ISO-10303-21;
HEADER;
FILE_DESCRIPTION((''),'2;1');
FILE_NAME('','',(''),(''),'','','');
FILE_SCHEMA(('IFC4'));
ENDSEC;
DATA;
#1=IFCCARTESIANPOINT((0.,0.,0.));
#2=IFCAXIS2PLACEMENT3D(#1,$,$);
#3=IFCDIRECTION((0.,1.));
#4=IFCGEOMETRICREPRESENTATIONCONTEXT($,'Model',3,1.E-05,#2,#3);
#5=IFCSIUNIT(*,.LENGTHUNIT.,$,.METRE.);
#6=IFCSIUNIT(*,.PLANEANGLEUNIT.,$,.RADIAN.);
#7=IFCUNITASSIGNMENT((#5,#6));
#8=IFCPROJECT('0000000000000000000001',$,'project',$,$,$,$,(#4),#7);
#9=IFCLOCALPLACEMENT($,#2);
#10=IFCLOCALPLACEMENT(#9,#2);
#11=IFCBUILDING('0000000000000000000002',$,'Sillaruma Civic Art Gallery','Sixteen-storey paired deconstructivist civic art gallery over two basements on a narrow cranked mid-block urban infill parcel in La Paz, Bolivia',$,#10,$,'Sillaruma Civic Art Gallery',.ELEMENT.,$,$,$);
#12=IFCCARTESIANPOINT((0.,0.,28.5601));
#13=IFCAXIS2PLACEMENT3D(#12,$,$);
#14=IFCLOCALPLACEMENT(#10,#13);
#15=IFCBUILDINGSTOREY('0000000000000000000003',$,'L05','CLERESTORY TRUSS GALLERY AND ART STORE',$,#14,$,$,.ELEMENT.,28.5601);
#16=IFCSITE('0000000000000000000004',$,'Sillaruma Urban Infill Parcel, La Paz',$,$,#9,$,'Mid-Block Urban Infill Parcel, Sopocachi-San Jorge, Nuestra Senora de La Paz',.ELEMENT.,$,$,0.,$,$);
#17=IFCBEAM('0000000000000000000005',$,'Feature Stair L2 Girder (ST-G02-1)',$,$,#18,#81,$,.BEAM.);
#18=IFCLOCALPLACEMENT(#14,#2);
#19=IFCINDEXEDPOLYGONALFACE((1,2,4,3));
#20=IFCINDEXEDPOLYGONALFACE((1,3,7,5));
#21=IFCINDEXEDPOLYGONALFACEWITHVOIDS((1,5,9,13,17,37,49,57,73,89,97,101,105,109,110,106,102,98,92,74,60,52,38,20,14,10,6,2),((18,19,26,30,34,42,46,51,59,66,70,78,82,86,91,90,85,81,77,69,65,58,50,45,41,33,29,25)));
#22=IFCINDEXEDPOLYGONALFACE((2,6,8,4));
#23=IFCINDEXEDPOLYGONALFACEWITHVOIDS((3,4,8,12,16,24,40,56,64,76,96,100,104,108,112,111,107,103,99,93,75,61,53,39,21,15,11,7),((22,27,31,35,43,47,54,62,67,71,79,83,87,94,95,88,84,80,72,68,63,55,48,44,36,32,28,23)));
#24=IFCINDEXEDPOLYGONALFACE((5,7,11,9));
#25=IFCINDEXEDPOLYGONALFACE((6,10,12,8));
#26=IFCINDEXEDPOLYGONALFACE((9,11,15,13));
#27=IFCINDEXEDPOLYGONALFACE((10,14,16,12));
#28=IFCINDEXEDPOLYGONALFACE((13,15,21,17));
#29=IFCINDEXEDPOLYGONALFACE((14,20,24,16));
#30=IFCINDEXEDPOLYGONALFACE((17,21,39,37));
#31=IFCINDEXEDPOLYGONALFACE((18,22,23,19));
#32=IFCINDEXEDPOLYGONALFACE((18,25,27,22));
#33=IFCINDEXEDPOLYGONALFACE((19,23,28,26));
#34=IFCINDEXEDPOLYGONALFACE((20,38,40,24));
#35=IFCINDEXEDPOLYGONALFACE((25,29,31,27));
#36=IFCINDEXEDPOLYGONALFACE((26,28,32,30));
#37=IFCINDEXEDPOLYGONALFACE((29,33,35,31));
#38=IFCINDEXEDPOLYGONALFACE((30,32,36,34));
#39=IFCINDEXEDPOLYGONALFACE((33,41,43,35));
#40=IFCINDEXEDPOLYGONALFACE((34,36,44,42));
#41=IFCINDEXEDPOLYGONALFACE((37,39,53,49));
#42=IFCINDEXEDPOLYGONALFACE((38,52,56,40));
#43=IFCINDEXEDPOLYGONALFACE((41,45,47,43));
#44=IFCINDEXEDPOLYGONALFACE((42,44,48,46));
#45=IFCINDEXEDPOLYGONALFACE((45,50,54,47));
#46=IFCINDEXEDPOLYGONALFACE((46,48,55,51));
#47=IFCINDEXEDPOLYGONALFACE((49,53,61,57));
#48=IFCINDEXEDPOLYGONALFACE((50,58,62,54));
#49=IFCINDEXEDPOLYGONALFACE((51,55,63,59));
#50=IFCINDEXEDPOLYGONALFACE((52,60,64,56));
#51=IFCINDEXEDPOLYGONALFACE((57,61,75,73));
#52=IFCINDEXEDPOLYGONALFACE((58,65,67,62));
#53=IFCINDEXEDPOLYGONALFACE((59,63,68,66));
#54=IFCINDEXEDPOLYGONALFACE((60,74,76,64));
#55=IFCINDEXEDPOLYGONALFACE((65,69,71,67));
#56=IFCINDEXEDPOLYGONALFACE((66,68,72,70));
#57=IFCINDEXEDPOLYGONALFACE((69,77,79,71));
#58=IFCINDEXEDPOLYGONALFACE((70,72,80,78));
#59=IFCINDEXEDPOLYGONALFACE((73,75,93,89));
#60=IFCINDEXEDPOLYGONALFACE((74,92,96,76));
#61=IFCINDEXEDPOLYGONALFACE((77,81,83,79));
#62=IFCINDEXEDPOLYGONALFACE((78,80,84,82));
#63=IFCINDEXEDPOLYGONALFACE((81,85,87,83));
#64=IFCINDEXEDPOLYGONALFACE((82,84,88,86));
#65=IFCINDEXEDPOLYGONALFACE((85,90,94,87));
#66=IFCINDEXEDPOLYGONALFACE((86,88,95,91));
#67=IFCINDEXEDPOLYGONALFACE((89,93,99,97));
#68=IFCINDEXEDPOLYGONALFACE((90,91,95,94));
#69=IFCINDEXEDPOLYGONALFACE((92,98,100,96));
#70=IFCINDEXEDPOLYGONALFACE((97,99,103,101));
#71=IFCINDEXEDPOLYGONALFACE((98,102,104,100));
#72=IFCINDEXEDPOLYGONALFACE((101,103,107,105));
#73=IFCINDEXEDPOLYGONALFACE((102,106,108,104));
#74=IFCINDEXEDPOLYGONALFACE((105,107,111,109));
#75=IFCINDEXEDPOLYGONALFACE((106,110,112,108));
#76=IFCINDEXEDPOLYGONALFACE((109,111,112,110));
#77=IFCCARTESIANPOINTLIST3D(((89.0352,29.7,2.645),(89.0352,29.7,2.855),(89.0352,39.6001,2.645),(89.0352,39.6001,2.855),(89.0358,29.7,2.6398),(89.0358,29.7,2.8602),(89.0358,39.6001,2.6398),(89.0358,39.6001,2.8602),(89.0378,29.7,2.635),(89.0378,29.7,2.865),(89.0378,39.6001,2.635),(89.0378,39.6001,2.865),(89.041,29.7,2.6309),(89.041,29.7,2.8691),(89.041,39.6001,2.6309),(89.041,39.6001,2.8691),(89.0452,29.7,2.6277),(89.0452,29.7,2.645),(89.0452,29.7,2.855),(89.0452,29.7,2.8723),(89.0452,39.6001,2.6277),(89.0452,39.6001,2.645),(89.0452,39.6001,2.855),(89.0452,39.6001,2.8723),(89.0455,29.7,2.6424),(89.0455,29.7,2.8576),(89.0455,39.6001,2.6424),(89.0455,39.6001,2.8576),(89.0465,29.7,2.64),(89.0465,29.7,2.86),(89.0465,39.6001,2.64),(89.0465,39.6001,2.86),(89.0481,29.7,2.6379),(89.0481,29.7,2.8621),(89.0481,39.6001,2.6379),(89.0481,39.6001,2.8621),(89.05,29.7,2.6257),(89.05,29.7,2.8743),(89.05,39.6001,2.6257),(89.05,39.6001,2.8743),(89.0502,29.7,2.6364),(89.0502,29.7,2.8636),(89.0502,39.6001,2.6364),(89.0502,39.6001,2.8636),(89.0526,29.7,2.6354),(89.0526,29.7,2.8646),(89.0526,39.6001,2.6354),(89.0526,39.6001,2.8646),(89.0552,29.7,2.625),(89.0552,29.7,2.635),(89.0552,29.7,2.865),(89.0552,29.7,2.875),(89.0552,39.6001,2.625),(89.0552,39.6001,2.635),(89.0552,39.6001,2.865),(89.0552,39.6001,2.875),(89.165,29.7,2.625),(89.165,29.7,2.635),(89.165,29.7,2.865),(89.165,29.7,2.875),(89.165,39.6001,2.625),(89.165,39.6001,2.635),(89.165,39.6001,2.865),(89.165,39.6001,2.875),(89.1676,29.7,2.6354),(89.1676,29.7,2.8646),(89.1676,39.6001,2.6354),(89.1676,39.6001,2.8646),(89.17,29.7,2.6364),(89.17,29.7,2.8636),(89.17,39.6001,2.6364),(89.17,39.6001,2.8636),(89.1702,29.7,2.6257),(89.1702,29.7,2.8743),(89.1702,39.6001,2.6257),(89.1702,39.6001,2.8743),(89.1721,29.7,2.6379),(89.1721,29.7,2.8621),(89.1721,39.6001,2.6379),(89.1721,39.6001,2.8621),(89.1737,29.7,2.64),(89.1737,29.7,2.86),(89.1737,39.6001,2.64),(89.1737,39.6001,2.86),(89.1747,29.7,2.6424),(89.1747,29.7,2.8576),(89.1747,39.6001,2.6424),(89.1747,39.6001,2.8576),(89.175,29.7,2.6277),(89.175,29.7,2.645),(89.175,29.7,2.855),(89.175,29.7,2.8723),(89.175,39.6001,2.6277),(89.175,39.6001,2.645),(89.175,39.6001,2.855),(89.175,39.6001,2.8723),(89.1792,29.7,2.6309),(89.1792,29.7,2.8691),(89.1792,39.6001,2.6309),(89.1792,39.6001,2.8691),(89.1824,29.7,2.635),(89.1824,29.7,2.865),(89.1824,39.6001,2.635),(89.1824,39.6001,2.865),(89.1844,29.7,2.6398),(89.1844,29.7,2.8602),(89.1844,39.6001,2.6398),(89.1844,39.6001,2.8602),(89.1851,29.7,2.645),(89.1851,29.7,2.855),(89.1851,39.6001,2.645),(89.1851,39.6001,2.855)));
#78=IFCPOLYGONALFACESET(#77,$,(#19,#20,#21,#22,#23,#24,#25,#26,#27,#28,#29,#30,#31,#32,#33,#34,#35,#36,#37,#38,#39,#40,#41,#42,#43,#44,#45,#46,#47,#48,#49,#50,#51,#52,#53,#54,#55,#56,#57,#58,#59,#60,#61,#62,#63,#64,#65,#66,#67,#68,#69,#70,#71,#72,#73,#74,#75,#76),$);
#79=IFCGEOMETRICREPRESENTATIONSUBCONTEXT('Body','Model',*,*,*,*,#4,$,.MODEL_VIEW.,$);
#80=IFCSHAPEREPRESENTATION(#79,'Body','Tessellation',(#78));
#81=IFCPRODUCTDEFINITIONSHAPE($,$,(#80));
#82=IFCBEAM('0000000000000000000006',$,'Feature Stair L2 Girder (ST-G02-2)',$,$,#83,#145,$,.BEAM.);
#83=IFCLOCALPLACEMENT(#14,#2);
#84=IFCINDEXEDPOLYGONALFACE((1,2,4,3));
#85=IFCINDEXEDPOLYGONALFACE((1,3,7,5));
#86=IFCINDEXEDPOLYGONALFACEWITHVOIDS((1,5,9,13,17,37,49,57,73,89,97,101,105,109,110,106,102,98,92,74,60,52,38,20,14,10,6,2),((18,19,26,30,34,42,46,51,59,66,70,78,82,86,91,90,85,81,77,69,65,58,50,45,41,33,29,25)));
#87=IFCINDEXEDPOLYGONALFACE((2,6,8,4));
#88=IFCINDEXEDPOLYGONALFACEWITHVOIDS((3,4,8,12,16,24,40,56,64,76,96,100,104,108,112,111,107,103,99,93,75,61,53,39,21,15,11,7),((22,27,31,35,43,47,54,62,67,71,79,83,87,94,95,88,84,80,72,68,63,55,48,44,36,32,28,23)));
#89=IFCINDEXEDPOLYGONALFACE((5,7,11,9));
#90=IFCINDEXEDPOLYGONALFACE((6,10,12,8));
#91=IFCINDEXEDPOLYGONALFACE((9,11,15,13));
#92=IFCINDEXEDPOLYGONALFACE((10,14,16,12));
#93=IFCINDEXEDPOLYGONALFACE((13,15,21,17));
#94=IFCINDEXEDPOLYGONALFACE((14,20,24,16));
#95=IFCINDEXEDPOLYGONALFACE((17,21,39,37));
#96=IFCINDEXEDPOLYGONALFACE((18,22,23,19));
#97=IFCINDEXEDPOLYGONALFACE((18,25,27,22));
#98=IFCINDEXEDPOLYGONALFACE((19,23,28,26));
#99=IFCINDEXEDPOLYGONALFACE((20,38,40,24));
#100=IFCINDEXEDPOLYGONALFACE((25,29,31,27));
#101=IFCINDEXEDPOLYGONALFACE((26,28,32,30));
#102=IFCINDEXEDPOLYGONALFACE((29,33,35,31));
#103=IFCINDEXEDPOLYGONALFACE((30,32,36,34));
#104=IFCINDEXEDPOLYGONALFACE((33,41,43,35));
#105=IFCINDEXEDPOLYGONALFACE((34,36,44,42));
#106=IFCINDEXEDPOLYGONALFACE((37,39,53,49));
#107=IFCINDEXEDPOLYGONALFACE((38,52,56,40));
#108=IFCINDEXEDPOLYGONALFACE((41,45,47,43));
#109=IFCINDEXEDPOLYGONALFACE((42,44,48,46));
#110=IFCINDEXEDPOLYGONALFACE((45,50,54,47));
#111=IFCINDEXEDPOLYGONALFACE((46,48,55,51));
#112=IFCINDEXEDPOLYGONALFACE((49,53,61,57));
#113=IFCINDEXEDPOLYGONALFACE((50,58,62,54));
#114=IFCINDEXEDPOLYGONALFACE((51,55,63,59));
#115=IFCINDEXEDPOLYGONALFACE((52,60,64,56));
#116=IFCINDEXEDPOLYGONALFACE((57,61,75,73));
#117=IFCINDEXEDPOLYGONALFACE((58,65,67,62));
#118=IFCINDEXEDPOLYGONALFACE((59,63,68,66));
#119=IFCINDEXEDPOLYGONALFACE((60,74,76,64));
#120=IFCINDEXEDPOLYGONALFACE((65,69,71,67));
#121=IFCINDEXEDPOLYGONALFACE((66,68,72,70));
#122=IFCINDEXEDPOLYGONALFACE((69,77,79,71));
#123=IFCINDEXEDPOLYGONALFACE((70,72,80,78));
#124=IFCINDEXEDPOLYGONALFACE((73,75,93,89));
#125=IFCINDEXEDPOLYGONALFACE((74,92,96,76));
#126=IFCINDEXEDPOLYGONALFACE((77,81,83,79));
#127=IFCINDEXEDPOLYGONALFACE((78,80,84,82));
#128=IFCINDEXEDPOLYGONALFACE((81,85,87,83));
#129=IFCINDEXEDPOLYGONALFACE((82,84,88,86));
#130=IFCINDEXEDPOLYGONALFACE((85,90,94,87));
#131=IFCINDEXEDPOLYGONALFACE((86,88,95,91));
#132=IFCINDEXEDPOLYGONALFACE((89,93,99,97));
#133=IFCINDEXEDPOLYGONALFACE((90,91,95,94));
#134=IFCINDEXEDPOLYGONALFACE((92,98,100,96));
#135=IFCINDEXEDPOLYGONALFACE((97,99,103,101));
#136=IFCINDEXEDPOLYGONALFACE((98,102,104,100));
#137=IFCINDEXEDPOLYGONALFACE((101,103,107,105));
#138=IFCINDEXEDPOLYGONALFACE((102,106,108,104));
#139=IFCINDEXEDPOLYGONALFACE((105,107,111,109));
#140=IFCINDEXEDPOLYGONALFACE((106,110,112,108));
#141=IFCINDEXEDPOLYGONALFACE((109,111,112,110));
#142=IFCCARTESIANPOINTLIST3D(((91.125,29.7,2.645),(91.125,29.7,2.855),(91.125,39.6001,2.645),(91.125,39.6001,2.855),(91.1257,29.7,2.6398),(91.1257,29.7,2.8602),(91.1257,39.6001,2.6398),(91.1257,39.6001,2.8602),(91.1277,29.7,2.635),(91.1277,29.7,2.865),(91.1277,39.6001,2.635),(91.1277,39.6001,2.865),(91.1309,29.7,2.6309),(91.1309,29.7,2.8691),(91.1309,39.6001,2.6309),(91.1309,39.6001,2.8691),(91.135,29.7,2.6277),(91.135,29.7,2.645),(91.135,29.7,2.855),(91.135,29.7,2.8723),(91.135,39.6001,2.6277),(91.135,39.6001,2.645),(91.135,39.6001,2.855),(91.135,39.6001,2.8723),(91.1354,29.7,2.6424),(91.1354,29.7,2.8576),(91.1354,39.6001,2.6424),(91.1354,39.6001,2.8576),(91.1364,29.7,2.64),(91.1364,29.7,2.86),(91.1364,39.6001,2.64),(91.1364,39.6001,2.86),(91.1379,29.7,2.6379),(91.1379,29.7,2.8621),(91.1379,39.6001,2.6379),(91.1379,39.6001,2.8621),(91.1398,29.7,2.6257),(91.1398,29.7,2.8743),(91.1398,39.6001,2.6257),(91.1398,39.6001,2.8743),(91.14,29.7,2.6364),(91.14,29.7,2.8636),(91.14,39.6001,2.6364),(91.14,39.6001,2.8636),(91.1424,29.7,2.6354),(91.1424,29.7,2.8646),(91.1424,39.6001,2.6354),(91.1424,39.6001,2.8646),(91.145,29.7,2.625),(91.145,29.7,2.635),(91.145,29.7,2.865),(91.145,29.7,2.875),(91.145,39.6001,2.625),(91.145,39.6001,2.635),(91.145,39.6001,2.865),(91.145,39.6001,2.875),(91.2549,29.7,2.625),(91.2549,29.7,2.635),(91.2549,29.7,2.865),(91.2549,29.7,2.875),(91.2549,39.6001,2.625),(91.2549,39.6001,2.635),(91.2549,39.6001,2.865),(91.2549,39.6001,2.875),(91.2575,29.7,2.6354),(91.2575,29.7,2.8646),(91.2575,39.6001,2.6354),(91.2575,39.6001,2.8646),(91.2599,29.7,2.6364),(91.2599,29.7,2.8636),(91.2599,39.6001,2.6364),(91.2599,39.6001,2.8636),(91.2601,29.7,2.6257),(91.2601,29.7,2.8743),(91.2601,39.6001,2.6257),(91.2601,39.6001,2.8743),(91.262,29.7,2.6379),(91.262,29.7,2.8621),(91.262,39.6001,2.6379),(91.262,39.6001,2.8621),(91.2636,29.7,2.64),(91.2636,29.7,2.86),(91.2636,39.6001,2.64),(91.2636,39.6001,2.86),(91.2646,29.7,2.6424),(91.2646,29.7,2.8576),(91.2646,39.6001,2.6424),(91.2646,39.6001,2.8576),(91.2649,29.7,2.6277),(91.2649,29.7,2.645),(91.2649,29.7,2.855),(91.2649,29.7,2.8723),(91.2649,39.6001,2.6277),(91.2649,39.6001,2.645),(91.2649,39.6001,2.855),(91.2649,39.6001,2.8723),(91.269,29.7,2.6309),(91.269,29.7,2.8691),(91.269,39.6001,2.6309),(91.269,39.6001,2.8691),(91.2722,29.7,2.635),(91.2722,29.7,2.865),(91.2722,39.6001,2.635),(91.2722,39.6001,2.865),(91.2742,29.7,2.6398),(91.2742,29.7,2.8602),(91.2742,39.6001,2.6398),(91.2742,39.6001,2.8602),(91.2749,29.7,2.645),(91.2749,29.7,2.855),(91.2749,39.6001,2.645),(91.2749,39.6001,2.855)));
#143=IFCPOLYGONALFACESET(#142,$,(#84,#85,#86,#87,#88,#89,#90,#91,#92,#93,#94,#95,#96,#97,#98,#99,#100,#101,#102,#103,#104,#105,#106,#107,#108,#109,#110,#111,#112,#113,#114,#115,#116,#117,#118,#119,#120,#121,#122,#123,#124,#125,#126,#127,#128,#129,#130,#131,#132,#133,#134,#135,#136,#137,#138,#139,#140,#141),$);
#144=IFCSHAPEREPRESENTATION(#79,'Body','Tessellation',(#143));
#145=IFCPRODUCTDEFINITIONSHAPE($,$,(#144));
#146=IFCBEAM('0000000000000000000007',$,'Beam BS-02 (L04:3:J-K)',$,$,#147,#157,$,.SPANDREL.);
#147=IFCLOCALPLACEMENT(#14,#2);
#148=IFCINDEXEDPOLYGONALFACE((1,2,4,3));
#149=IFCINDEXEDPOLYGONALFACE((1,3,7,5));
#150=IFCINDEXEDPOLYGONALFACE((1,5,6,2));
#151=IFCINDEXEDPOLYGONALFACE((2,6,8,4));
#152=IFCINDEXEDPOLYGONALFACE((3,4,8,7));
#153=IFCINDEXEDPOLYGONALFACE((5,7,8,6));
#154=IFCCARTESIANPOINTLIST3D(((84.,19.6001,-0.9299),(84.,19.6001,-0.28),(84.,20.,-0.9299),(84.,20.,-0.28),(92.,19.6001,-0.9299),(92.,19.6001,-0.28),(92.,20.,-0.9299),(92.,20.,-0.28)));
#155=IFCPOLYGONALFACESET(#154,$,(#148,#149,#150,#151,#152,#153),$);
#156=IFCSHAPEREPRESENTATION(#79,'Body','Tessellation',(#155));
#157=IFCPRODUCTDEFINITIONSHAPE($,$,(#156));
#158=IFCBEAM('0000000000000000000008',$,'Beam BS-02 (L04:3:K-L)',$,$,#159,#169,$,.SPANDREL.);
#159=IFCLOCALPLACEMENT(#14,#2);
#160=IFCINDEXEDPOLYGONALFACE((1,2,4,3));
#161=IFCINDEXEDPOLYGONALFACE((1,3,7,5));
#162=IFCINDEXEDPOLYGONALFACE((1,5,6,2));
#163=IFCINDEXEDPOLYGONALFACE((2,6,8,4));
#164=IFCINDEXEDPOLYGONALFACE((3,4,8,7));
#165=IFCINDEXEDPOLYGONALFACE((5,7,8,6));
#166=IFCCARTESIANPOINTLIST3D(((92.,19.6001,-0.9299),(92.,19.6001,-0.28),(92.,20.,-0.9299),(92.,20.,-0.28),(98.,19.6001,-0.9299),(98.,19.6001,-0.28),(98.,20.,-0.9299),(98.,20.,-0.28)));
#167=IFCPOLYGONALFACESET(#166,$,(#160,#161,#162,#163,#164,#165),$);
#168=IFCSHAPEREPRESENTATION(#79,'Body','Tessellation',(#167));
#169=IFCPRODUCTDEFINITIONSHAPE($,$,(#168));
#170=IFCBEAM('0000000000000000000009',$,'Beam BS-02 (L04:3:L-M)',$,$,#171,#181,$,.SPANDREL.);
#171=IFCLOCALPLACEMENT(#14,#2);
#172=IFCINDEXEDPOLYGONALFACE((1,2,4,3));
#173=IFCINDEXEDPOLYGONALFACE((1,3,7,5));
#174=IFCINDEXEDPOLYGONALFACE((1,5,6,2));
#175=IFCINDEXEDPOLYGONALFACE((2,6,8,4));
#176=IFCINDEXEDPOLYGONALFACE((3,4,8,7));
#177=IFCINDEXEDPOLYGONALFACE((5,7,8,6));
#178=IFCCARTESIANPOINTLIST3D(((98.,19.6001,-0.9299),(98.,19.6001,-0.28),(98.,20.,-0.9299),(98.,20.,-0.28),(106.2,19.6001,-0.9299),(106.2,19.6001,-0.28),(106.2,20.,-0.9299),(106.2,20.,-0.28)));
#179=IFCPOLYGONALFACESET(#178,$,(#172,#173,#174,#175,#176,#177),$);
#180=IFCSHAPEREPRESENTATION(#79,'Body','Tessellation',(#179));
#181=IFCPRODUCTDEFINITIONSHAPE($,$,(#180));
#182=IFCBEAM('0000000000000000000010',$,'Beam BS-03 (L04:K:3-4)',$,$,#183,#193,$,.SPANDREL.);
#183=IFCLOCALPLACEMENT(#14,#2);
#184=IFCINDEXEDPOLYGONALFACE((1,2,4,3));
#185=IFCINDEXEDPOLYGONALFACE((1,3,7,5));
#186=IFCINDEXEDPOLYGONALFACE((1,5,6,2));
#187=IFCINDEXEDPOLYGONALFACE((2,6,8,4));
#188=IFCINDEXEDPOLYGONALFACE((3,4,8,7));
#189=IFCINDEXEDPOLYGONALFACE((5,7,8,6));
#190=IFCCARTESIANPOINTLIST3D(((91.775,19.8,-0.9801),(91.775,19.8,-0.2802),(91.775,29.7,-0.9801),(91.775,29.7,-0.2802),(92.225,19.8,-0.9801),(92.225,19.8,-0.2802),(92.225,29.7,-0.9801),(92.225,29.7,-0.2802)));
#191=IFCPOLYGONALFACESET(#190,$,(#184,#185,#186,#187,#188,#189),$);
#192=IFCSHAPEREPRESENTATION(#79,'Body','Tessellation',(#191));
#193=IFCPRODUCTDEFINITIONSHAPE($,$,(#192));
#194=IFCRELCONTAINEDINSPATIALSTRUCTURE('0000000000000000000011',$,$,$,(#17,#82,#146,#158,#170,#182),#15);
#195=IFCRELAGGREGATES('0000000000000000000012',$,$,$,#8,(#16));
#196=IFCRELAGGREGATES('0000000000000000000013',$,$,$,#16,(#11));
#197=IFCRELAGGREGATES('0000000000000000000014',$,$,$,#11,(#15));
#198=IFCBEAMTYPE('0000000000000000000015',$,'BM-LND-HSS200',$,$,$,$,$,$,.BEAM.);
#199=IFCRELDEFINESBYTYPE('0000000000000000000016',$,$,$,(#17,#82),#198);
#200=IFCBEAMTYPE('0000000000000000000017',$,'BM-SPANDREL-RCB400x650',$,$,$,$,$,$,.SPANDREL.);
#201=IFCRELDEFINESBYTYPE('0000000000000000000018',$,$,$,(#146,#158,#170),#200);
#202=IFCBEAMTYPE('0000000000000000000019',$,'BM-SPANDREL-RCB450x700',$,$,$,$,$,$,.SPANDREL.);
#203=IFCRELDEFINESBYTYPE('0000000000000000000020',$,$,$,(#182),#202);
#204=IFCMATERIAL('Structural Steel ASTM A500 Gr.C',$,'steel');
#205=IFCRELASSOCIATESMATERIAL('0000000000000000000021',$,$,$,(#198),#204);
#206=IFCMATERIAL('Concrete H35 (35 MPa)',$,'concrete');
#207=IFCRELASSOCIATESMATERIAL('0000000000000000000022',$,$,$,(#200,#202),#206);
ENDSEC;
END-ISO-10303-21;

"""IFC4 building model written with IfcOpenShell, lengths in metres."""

from ifc_helpers import new_model, si_unit, direction, frame, origin, origin_2d, place, context, subcontext, project, spatial, rectangle, hollow_rectangle, extrude, material, material_profile, profile_set, type_object, element, save


model = new_model("IFC4")

# Units and contexts
model_context = context("Model", 3, precision=1e-05, world=origin(), true_north=direction((0.0, 1.0)))
body_context = subcontext(model_context, "Body", "Model", "MODEL_VIEW")
ifc_project = project(units=[si_unit("LENGTHUNIT", "METRE"), si_unit("PLANEANGLEUNIT", "RADIAN")], contexts=[model_context])

# Site, building, storey
site_placement = place(None, origin())
site = spatial("IfcSite", under=ifc_project, at=site_placement, Name="Sillaruma Urban Infill Parcel, La Paz", LongName="Mid-Block Urban Infill Parcel, Sopocachi-San Jorge, Nuestra Senora de La Paz", CompositionType="ELEMENT", RefElevation=0.0)
building_placement = place(site_placement, origin())
building = spatial("IfcBuilding", under=site, at=building_placement, Name="Sillaruma Civic Art Gallery", Description="Sixteen-storey paired deconstructivist civic art gallery over two basements on a narrow cranked mid-block urban infill parcel in La Paz, Bolivia", LongName="Sillaruma Civic Art Gallery", CompositionType="ELEMENT")
storey_placement = place(building_placement, frame((0.0, 0.0, 28.5601)))
storey = spatial("IfcBuildingStorey", under=building, at=storey_placement, Name="L05", Description="CLERESTORY TRUSS GALLERY AND ART STORE", CompositionType="ELEMENT", Elevation=28.5601)

# Beams
ifc_material_1 = material(Name="Concrete H35 (35 MPa)", Category="concrete")
ifc_material_2 = material(Name="Structural Steel ASTM A500 Gr.C", Category="steel")
ifc_material_profile_1 = material_profile(ifc_material_2, hollow_rectangle(XDim=0.1499, YDim=0.25, WallThickness=0.01, InnerFilletRadius=0.01, OuterFilletRadius=0.02, at=origin_2d()), Name="HSS250x150x10")
ifc_profile_set_1 = profile_set([ifc_material_profile_1], Name="Structural Steel ASTM A500 Gr.C")
beam_type_1 = type_object("IfcBeamType", Name="BM-LND-HSS200", PredefinedType="BEAM", material=ifc_profile_set_1)
for number, where, z_axis, x_axis, name in (
    (1, (89.1101, 29.7, 2.75), (0.0, 1.0, 0.0), (-1.0, 0.0, 0.0), "Feature Stair L2 Girder (ST-G02-1)"),
    (2, (91.2, 29.7, 2.75), (0.0, 1.0, 0.0), (-1.0, 0.0, 0.0), "Feature Stair L2 Girder (ST-G02-2)"),
):
    element("IfcBeam", number, at=place(storey_placement, frame(where, z_axis=z_axis, x_axis=x_axis)), inside=storey, type_object=beam_type_1, Name=name, PredefinedType="BEAM", context=body_context, shape_type="SweptSolid", body=[
        extrude(hollow_rectangle(XDim=0.1499, YDim=0.25, WallThickness=0.01, InnerFilletRadius=0.01, OuterFilletRadius=0.02, at=origin_2d()), origin(), (0.0, 0.0, 1.0), 9.9001),
    ])
ifc_material_profile_2 = material_profile(ifc_material_1, rectangle(XDim=0.3999, YDim=0.6499, at=origin_2d()), Name="RCB400x650")
ifc_profile_set_2 = profile_set([ifc_material_profile_2], Name="Concrete H35 (35 MPa)")
beam_type_2 = type_object("IfcBeamType", Name="BM-SPANDREL-RCB400x650", PredefinedType="SPANDREL", material=ifc_profile_set_2)
beam_1_placement = place(storey_placement, frame((84.0, 19.8, -0.605), z_axis=(1.0, 0.0, 0.0), x_axis=(0.0, 1.0, 0.0)))
element("IfcBeam", 3, at=beam_1_placement, inside=storey, type_object=beam_type_2, Name="Beam BS-02 (L04:3:J-K)", PredefinedType="SPANDREL", context=body_context, shape_type="SweptSolid", body=[
    extrude(rectangle(XDim=0.3999, YDim=0.6499, at=origin_2d()), origin(), (0.0, 0.0, 1.0), 8.0),
])
beam_2_placement = place(storey_placement, frame((92.0, 19.8, -0.605), z_axis=(1.0, 0.0, 0.0), x_axis=(0.0, 1.0, 0.0)))
element("IfcBeam", 4, at=beam_2_placement, inside=storey, type_object=beam_type_2, Name="Beam BS-02 (L04:3:K-L)", PredefinedType="SPANDREL", context=body_context, shape_type="SweptSolid", body=[
    extrude(rectangle(XDim=0.3999, YDim=0.6499, at=origin_2d()), origin(), (0.0, 0.0, 1.0), 6.0),
])
beam_3_placement = place(storey_placement, frame((98.0, 19.8, -0.605), z_axis=(1.0, 0.0, 0.0), x_axis=(0.0, 1.0, 0.0)))
element("IfcBeam", 5, at=beam_3_placement, inside=storey, type_object=beam_type_2, Name="Beam BS-02 (L04:3:L-M)", PredefinedType="SPANDREL", context=body_context, shape_type="SweptSolid", body=[
    extrude(rectangle(XDim=0.3999, YDim=0.6499, at=origin_2d()), origin(), (0.0, 0.0, 1.0), 8.2),
])
ifc_material_profile_3 = material_profile(ifc_material_1, rectangle(XDim=0.45, YDim=0.7, at=origin_2d()), Name="RCB450x700")
ifc_profile_set_3 = profile_set([ifc_material_profile_3], Name="Concrete H35 (35 MPa)")
beam_type_3 = type_object("IfcBeamType", Name="BM-SPANDREL-RCB450x700", PredefinedType="SPANDREL", material=ifc_profile_set_3)
beam_4_placement = place(storey_placement, frame((92.0, 19.8, -0.6301), z_axis=(0.0, 1.0, 0.0), x_axis=(-1.0, 0.0, 0.0)))
element("IfcBeam", 6, at=beam_4_placement, inside=storey, type_object=beam_type_3, Name="Beam BS-03 (L04:K:3-4)", PredefinedType="SPANDREL", context=body_context, shape_type="SweptSolid", body=[
    extrude(rectangle(XDim=0.45, YDim=0.7, at=origin_2d()), origin(), (0.0, 0.0, 1.0), 9.8999),
])

save(model, "model.ifc")
